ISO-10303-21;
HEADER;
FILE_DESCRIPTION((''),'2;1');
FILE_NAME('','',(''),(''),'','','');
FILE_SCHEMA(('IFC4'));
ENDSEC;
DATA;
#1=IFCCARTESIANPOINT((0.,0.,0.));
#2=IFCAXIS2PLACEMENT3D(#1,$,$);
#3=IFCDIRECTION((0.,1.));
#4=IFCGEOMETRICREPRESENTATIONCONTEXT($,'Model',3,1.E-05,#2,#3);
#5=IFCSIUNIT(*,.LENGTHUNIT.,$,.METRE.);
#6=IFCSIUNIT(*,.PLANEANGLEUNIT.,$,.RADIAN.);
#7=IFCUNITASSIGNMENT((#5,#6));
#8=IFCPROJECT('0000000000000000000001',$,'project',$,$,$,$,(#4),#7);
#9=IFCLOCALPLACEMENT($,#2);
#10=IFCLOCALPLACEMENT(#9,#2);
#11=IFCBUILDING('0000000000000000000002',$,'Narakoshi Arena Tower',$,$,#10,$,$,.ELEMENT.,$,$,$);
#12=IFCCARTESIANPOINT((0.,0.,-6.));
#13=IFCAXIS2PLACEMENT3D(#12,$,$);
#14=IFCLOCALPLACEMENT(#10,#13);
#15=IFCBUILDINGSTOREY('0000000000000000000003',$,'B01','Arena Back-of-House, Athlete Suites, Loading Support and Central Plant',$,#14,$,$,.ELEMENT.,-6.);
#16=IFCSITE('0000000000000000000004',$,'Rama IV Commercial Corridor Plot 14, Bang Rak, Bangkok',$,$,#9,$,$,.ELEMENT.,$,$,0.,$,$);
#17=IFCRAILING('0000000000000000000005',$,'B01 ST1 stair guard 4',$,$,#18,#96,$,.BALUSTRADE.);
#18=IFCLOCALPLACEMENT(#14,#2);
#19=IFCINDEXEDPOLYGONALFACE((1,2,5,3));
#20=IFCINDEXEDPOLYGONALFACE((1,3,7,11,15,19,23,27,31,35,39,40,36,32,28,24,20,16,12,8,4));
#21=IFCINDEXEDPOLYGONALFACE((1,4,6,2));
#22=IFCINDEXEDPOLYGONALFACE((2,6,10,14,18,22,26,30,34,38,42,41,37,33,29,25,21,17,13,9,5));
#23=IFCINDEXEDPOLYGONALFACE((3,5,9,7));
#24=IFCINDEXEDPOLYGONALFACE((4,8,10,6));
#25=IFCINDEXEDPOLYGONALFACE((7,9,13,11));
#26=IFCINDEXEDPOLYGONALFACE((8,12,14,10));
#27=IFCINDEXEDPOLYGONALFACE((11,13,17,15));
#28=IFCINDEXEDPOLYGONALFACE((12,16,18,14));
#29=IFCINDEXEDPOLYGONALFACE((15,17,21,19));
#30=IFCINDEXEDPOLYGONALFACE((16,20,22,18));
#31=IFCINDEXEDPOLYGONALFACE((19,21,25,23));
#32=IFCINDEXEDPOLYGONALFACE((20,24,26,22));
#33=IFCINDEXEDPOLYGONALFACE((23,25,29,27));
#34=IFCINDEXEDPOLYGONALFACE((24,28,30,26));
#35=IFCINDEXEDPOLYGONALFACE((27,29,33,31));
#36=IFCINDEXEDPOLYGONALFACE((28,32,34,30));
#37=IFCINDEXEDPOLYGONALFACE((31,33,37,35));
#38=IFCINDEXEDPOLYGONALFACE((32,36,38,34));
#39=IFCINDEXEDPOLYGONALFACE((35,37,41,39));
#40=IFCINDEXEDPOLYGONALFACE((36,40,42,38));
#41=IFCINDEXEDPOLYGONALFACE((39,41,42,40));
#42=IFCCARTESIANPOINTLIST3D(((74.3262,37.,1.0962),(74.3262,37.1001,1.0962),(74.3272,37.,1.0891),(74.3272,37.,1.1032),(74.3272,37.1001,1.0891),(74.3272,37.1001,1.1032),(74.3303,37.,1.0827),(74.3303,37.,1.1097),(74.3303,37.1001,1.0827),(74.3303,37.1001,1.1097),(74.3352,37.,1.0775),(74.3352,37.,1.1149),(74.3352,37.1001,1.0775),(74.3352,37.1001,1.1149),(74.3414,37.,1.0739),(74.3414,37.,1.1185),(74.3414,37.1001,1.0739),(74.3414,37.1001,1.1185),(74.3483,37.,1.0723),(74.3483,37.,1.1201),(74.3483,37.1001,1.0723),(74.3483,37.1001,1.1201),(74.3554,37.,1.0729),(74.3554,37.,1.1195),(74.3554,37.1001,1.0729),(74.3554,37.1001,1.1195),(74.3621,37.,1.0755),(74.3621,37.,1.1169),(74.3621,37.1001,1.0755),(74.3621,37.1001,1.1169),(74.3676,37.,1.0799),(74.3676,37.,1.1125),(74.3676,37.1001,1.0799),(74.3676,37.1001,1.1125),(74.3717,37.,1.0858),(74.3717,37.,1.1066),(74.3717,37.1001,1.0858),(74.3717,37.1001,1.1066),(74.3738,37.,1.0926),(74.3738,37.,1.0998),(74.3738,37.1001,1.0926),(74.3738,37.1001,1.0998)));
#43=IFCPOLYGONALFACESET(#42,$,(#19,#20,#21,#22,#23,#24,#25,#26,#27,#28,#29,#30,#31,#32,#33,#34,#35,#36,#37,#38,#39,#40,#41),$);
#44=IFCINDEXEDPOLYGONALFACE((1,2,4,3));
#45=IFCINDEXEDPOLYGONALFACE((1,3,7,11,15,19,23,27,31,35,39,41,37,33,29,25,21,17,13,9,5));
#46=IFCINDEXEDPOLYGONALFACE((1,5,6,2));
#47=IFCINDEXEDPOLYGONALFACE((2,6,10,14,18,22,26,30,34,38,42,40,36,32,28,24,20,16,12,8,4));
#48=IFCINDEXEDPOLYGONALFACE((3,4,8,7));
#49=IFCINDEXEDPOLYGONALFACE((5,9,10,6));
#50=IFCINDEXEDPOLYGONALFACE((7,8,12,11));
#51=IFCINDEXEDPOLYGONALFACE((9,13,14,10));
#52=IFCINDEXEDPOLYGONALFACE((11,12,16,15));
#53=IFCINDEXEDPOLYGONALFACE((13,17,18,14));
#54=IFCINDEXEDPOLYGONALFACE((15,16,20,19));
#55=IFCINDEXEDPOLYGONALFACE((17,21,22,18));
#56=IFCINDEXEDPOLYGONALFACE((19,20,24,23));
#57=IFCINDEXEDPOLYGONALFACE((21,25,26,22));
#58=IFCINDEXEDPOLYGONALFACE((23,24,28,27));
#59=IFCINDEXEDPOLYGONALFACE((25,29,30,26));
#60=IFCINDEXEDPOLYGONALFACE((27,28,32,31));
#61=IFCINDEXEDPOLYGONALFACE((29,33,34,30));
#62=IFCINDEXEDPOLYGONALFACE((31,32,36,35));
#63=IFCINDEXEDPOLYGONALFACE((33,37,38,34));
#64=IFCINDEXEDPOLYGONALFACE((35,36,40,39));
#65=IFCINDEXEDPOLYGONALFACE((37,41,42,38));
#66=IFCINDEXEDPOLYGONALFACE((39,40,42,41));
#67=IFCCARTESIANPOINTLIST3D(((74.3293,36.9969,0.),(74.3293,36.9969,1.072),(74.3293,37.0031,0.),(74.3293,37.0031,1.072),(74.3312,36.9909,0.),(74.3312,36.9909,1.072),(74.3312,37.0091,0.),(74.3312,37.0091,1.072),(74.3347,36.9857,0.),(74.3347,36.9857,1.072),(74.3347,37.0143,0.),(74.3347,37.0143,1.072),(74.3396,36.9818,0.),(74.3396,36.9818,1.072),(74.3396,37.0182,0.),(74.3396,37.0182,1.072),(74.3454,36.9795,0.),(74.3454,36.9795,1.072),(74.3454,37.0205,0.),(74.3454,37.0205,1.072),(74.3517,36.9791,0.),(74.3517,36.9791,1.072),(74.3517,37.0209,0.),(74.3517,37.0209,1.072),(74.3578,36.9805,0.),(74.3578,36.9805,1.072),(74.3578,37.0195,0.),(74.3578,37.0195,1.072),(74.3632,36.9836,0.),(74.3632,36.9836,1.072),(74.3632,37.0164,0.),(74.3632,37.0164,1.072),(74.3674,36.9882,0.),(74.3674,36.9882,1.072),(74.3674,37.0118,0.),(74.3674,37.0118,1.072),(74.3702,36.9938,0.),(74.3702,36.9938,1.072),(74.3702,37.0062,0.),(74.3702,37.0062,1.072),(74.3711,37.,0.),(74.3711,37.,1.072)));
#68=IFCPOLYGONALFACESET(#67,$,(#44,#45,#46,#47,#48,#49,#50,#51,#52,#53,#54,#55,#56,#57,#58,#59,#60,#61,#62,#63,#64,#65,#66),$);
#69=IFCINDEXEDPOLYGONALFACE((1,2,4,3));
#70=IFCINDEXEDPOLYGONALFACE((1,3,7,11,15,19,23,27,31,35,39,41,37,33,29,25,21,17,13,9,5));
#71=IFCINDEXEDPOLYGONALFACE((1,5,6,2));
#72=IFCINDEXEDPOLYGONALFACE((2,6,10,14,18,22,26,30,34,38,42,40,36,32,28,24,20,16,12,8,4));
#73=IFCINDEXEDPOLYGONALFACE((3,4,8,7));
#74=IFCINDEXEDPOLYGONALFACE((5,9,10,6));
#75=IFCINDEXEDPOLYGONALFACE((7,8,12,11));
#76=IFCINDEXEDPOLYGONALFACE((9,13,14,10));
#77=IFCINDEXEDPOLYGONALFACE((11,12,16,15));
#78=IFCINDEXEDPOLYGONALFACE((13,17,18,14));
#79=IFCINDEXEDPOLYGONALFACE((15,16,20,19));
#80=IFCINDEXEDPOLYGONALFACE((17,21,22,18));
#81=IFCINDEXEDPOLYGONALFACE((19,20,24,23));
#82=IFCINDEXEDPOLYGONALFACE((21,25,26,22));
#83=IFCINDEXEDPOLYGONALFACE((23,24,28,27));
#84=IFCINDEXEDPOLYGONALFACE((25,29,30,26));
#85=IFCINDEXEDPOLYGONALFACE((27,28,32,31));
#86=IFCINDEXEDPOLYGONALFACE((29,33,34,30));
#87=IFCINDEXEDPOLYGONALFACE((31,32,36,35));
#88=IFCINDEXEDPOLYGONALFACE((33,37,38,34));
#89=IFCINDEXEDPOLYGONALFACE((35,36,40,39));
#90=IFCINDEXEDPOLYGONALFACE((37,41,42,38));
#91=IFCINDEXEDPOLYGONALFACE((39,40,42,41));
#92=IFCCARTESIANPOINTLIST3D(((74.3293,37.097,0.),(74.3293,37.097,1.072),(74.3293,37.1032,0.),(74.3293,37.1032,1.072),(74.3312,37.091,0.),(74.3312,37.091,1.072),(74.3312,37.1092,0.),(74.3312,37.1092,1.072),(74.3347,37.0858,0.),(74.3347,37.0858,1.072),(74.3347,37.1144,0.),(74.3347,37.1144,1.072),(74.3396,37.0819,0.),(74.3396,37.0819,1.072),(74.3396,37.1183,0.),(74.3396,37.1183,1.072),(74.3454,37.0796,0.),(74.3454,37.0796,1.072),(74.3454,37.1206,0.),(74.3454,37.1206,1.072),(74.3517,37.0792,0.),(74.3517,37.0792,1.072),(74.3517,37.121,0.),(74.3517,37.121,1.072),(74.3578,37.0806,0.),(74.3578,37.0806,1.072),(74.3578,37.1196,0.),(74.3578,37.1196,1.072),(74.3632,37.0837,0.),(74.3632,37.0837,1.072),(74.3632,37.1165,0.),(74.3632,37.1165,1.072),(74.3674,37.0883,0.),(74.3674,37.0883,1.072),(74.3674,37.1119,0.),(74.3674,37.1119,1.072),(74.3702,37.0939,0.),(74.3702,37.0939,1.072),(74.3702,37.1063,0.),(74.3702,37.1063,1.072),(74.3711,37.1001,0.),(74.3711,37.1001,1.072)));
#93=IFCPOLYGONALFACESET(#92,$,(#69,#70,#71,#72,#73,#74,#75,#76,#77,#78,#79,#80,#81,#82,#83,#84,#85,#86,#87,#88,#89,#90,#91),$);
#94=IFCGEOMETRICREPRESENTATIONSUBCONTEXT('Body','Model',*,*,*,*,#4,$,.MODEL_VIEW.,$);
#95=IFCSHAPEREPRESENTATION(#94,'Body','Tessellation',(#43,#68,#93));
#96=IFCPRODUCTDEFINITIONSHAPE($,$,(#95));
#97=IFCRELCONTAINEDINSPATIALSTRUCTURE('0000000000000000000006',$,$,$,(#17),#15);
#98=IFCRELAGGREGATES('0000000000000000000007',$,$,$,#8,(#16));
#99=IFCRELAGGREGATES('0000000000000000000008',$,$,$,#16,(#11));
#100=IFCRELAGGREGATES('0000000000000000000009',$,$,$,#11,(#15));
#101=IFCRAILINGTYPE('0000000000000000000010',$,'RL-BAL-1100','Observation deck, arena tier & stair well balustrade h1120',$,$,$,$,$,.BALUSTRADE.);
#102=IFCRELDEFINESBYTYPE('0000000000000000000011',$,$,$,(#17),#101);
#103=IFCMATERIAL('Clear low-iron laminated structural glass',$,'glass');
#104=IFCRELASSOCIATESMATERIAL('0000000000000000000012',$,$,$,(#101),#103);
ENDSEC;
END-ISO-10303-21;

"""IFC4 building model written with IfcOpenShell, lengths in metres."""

from ifc_helpers import new_model, si_unit, direction, frame, origin, origin_2d, place, context, subcontext, project, spatial, circle, extrude, material, type_object, element, save


model = new_model("IFC4")

# Units and contexts
model_context = context("Model", 3, precision=1e-05, world=origin(), true_north=direction((0.0, 1.0)))
body_context = subcontext(model_context, "Body", "Model", "MODEL_VIEW")
ifc_project = project(units=[si_unit("LENGTHUNIT", "METRE"), si_unit("PLANEANGLEUNIT", "RADIAN")], contexts=[model_context])

# Site, building, storey
site_placement = place(None, origin())
site = spatial("IfcSite", under=ifc_project, at=site_placement, Name="Rama IV Commercial Corridor Plot 14, Bang Rak, Bangkok", CompositionType="ELEMENT", RefElevation=0.0)
building_placement = place(site_placement, origin())
building = spatial("IfcBuilding", under=site, at=building_placement, Name="Narakoshi Arena Tower", CompositionType="ELEMENT")
storey_placement = place(building_placement, frame((0.0, 0.0, -6.0)))
storey = spatial("IfcBuildingStorey", under=building, at=storey_placement, Name="B01", Description="Arena Back-of-House, Athlete Suites, Loading Support and Central Plant", CompositionType="ELEMENT", Elevation=-6.0)

# Railing
ifc_material_1 = material(Name="Clear low-iron laminated structural glass", Category="glass")
railing_type_1 = type_object("IfcRailingType", Name="RL-BAL-1100", Description="Observation deck, arena tier & stair well balustrade h1120", PredefinedType="BALUSTRADE", material=ifc_material_1)
railing_1_placement = place(storey_placement, frame((74.3501, 37.0, 0.0)))
element("IfcRailing", 1, at=railing_1_placement, inside=storey, type_object=railing_type_1, Name="B01 ST1 stair guard 4", PredefinedType="BALUSTRADE", context=body_context, shape_type="SweptSolid", body=[
    extrude(circle(Radius=0.0239, at=origin_2d()), frame((0.0, 0.0, 1.0962), z_axis=(0.0, 1.0, 0.0), x_axis=(-1.0, 0.0, 0.0)), (0.0, 0.0, 1.0), 0.1001),
    extrude(circle(Radius=0.021, at=origin_2d()), origin(), (0.0, 0.0, 1.0), 1.072),
    extrude(circle(Radius=0.021, at=origin_2d()), frame((0.0, 0.1001, 0.0)), (0.0, 0.0, 1.0), 1.072),
])

save(model, "model.ifc")
